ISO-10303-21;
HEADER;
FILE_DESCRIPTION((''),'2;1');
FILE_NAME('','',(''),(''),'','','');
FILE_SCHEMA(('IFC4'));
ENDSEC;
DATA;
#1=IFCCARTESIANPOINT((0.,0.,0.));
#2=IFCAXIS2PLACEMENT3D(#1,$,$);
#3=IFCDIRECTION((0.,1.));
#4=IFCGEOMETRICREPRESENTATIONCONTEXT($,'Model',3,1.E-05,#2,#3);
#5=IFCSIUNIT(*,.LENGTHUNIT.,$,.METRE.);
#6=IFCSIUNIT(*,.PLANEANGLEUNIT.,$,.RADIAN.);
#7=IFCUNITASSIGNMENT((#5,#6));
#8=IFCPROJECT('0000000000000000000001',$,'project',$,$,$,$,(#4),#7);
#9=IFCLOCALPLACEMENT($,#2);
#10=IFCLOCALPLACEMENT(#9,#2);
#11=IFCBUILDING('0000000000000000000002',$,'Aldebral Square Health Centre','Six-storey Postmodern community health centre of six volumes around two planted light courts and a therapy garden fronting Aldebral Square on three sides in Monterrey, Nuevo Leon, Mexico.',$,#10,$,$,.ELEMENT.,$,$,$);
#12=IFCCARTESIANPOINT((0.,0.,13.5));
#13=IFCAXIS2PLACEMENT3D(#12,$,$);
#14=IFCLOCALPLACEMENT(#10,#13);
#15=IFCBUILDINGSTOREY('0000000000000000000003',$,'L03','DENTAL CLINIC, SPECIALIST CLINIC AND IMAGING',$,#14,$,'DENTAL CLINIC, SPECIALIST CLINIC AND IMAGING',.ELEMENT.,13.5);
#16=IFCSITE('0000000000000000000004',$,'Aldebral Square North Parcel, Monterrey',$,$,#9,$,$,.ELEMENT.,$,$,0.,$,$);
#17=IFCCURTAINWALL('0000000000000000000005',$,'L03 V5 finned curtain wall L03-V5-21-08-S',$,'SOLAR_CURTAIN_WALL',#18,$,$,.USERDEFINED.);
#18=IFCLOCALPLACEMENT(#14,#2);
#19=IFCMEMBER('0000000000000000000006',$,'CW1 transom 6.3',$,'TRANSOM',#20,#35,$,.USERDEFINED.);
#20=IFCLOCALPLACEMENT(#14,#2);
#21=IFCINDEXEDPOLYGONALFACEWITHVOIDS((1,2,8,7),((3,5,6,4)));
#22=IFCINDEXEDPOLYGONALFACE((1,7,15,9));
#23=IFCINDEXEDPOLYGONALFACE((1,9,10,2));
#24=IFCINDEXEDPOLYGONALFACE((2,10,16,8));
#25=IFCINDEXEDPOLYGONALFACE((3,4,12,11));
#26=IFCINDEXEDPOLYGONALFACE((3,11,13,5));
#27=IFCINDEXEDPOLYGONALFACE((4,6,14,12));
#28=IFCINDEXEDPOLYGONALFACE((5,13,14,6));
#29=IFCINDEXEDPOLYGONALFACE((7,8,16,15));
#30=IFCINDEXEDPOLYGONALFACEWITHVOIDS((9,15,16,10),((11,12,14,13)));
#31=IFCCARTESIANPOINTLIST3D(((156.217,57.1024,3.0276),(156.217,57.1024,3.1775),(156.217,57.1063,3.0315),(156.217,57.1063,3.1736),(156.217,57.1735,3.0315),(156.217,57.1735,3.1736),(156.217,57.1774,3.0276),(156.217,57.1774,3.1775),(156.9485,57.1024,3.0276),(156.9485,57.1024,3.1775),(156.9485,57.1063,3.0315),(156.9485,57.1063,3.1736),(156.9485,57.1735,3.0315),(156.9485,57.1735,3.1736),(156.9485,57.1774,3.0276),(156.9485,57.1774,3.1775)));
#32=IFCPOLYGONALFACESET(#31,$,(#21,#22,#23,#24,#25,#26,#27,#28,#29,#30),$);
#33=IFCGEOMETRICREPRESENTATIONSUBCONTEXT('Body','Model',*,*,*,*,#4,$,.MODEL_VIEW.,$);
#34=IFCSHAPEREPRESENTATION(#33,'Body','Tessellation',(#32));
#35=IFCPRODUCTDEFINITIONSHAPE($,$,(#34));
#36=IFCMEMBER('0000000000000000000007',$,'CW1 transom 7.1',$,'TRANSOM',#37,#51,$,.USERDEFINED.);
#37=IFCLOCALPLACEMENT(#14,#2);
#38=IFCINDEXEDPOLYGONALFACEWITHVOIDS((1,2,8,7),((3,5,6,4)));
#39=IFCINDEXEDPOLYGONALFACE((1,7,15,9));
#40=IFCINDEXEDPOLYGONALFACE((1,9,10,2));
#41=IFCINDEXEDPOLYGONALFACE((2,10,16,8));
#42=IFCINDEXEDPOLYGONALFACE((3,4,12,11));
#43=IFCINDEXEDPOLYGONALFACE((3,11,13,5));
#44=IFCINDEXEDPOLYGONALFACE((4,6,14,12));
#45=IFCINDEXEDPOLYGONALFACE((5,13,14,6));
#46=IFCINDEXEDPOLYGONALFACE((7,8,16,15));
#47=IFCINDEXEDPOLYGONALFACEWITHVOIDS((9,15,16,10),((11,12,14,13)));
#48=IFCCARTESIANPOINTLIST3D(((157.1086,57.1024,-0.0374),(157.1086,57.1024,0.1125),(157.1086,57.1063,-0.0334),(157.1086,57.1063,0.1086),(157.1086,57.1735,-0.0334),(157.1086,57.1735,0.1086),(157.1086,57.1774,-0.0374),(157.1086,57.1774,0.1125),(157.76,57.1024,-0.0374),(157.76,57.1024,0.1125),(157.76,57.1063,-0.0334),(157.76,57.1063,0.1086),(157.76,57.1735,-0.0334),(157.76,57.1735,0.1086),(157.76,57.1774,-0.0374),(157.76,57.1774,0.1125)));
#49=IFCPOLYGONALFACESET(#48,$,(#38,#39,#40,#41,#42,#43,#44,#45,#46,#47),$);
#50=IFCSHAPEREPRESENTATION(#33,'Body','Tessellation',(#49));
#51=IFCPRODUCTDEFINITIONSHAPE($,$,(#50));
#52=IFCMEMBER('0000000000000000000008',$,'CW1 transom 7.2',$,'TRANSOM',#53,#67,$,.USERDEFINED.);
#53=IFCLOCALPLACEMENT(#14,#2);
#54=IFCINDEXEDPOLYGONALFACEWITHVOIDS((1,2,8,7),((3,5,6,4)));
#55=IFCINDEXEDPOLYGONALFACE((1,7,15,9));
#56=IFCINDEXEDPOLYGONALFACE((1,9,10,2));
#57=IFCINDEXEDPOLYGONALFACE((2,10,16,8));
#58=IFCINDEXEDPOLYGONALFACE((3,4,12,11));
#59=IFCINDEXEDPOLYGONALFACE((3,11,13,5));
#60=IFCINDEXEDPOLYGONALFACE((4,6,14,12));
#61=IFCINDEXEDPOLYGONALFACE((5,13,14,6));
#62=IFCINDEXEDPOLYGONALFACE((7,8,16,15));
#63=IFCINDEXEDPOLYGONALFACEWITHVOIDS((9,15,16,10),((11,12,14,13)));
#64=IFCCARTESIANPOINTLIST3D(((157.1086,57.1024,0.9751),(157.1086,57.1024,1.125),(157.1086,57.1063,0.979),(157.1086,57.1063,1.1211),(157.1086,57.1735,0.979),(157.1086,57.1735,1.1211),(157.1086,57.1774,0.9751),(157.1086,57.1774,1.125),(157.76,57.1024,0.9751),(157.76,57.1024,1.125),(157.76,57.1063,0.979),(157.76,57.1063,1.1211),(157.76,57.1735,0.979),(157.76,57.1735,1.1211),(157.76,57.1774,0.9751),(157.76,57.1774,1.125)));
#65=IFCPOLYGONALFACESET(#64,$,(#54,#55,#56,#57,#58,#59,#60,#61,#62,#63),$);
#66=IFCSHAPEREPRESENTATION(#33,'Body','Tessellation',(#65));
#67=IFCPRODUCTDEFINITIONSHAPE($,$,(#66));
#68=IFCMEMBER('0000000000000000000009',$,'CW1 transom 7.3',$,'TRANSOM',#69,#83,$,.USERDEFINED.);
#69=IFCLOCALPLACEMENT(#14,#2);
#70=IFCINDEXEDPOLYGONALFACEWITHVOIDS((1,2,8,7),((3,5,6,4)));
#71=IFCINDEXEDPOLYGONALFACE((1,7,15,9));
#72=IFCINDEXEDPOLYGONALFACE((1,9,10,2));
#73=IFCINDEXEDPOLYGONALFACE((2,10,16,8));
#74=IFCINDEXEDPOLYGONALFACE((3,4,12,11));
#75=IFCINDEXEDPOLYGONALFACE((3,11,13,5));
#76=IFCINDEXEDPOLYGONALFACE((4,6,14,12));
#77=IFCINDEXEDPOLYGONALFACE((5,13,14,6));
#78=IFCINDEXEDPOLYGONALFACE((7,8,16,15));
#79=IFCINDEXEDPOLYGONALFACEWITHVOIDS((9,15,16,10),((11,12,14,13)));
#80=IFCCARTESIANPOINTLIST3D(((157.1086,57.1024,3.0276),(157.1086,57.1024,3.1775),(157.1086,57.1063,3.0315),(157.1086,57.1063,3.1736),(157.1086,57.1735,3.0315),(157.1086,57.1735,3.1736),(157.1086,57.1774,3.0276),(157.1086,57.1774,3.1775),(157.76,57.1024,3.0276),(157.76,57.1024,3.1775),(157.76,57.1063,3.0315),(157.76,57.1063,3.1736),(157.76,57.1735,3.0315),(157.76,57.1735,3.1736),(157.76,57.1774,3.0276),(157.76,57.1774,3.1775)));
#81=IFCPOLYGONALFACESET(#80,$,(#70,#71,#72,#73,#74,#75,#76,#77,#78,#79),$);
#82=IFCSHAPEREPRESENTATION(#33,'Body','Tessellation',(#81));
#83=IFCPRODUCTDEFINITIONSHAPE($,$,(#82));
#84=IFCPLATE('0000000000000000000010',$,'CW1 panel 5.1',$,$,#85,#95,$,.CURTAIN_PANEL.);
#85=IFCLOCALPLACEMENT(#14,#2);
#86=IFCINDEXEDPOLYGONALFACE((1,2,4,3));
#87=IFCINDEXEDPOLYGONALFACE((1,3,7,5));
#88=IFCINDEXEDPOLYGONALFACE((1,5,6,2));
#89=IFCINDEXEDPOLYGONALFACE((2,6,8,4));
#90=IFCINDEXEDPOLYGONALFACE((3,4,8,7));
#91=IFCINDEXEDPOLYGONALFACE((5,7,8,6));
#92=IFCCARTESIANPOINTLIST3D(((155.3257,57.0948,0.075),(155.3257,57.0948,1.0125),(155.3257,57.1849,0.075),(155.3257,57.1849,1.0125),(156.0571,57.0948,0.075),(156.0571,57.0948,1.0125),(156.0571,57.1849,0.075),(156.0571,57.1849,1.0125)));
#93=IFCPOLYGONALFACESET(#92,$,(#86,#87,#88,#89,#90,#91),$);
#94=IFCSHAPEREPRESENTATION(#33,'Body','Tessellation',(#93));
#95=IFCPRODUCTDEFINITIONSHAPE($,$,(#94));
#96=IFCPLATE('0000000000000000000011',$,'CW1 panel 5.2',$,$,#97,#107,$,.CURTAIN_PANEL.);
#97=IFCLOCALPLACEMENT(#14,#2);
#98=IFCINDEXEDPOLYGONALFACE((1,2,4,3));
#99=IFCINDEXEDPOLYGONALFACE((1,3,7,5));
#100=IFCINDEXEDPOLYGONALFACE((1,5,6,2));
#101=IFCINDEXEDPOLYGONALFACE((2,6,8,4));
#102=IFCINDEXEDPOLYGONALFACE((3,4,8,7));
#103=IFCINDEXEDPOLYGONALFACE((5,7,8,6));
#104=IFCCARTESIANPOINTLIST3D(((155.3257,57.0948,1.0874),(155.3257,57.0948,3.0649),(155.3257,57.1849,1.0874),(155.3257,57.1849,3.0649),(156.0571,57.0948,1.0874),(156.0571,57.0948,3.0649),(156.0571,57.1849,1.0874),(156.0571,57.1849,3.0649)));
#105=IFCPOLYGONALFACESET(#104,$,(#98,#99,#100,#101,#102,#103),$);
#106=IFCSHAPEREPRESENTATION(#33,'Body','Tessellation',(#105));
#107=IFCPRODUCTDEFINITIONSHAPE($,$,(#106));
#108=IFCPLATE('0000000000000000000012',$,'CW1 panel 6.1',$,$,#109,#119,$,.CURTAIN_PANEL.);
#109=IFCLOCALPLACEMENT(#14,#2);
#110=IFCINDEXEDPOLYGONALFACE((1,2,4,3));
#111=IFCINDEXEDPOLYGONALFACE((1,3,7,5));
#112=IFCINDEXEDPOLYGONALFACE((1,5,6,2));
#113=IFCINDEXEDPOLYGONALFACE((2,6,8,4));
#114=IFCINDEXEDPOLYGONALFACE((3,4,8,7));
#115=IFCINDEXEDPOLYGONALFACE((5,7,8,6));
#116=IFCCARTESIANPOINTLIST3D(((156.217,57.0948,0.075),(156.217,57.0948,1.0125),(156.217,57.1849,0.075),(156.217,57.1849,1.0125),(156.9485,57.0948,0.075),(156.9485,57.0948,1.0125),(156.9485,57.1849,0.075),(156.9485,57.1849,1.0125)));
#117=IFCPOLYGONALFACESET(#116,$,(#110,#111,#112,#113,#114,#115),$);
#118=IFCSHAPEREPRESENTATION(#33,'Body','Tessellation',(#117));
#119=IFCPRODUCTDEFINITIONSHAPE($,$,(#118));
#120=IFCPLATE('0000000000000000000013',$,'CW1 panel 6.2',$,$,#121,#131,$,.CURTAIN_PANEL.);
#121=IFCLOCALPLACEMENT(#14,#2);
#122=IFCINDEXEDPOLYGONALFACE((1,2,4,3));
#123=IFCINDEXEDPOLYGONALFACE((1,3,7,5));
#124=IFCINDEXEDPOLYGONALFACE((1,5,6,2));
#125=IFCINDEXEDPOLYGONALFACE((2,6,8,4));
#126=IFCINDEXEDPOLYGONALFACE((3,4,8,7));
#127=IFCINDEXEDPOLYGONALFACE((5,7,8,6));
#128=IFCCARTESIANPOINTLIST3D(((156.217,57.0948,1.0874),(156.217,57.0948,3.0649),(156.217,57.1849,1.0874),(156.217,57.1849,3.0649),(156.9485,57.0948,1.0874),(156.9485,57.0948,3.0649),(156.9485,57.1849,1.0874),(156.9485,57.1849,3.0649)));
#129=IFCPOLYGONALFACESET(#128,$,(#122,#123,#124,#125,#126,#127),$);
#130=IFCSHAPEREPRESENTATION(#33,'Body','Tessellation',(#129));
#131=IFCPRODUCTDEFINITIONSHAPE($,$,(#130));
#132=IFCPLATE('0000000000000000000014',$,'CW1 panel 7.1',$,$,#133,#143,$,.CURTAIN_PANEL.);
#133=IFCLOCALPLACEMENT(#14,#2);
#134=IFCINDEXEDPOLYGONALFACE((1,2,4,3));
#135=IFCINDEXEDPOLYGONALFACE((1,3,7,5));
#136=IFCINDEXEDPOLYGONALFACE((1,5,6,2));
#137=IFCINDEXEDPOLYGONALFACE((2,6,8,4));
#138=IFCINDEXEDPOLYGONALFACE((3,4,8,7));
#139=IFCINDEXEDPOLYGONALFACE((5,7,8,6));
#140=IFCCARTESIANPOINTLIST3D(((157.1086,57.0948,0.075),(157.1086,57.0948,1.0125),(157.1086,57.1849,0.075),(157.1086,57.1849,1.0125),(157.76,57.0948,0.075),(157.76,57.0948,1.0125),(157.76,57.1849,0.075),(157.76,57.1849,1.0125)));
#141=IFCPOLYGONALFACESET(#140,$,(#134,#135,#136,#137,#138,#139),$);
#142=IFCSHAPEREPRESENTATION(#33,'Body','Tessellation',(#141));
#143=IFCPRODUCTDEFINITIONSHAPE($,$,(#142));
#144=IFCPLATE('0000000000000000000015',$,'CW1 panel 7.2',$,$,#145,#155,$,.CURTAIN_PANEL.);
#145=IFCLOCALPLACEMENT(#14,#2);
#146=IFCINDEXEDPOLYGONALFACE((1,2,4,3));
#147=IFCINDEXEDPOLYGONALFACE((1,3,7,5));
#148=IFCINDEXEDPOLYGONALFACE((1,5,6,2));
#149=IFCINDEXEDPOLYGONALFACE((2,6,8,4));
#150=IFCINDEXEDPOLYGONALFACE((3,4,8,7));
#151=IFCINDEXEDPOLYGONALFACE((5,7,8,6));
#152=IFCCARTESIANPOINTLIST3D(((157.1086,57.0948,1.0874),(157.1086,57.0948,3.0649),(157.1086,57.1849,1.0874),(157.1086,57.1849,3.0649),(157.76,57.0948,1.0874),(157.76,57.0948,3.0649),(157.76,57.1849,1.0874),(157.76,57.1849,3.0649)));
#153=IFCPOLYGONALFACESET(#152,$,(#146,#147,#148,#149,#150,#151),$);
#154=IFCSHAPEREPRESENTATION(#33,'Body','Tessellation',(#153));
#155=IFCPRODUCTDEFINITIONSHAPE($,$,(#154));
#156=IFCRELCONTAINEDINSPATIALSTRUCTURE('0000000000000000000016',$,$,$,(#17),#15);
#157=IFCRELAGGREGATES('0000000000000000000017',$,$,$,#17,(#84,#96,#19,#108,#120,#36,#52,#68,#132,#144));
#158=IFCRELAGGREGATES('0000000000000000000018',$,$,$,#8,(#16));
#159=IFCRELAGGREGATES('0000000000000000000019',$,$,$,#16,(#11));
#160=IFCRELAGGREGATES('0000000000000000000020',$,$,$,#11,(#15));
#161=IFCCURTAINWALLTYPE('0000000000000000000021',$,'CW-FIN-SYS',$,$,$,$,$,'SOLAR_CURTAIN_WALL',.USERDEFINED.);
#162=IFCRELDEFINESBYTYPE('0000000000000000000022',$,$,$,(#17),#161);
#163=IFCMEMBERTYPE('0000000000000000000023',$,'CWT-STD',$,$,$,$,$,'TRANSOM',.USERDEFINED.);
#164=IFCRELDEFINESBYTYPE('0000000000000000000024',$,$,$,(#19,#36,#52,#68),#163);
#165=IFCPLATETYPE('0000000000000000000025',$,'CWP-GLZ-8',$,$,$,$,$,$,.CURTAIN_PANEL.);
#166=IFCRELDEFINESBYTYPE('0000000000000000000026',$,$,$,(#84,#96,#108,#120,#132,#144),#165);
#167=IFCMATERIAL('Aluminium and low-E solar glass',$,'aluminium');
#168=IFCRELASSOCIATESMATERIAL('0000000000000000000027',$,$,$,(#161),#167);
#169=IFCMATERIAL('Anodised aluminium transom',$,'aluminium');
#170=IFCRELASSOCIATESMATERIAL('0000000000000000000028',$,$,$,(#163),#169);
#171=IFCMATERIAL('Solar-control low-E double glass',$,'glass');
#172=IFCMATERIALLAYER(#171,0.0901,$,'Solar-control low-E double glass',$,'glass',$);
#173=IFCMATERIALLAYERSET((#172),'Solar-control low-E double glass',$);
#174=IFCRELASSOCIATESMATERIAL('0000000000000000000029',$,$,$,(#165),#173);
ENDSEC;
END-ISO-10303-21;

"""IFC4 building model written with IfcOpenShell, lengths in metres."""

from ifc_helpers import new_model, si_unit, direction, frame, origin, origin_2d, place, context, subcontext, project, spatial, rectangle, hollow_rectangle, extrude, material, layer, layer_set, material_profile, profile_set, type_object, element, aggregate, save


model = new_model("IFC4")

# Units and contexts
model_context = context("Model", 3, precision=1e-05, world=origin(), true_north=direction((0.0, 1.0)))
body_context = subcontext(model_context, "Body", "Model", "MODEL_VIEW")
ifc_project = project(units=[si_unit("LENGTHUNIT", "METRE"), si_unit("PLANEANGLEUNIT", "RADIAN")], contexts=[model_context])

# Site, building, storey
site_placement = place(None, origin())
site = spatial("IfcSite", under=ifc_project, at=site_placement, Name="Aldebral Square North Parcel, Monterrey", CompositionType="ELEMENT", RefElevation=0.0)
building_placement = place(site_placement, origin())
building = spatial("IfcBuilding", under=site, at=building_placement, Name="Aldebral Square Health Centre", Description="Six-storey Postmodern community health centre of six volumes around two planted light courts and a therapy garden fronting Aldebral Square on three sides in Monterrey, Nuevo Leon, Mexico.", CompositionType="ELEMENT")
storey_placement = place(building_placement, frame((0.0, 0.0, 13.5)))
storey = spatial("IfcBuildingStorey", under=building, at=storey_placement, Name="L03", Description="DENTAL CLINIC, SPECIALIST CLINIC AND IMAGING", LongName="DENTAL CLINIC, SPECIALIST CLINIC AND IMAGING", CompositionType="ELEMENT", Elevation=13.5)

# Curtain wall
ifc_material_1 = material(Name="Aluminium and low-E solar glass", Category="aluminium")
curtain_wall_type = type_object("IfcCurtainWallType", Name="CW-FIN-SYS", ElementType="SOLAR_CURTAIN_WALL", PredefinedType="USERDEFINED", material=ifc_material_1)
curtain_wall_1_placement = place(storey_placement, origin())
curtain_wall_1 = element("IfcCurtainWall", 1, at=curtain_wall_1_placement, inside=storey, type_object=curtain_wall_type, Name="L03 V5 finned curtain wall L03-V5-21-08-S", ObjectType="SOLAR_CURTAIN_WALL", PredefinedType="USERDEFINED")

# Members
ifc_material_2 = material(Name="Anodised aluminium transom", Category="aluminium")
ifc_material_profile_1 = material_profile(ifc_material_2, hollow_rectangle(XDim=0.075, YDim=0.1499, WallThickness=0.0039, at=origin_2d()), Name="CWT 75x150x4")
ifc_profile_set_1 = profile_set([ifc_material_profile_1], Name="Anodised aluminium transom")
member_type_1 = type_object("IfcMemberType", Name="CWT-STD", ElementType="TRANSOM", PredefinedType="USERDEFINED", material=ifc_profile_set_1)
member_1_placement = place(storey_placement, frame((156.217, 57.1399, 3.1025), z_axis=(1.0, 0.0, 0.0), x_axis=(0.0, 1.0, 0.0)))
member_1 = element("IfcMember", 2, at=member_1_placement, type_object=member_type_1, Name="CW1 transom 6.3", ObjectType="TRANSOM", PredefinedType="USERDEFINED", context=body_context, shape_type="SweptSolid", body=[
    extrude(hollow_rectangle(XDim=0.075, YDim=0.1499, WallThickness=0.0039, at=origin_2d()), origin(), (0.0, 0.0, 1.0), 0.7314),
])
member_2_placement = place(storey_placement, frame((157.1086, 57.1399, 0.0376), z_axis=(1.0, 0.0, 0.0), x_axis=(0.0, 1.0, 0.0)))
member_2 = element("IfcMember", 3, at=member_2_placement, type_object=member_type_1, Name="CW1 transom 7.1", ObjectType="TRANSOM", PredefinedType="USERDEFINED", context=body_context, shape_type="SweptSolid", body=[
    extrude(hollow_rectangle(XDim=0.075, YDim=0.1499, WallThickness=0.0039, at=origin_2d()), origin(), (0.0, 0.0, 1.0), 0.6514),
])
member_3_placement = place(storey_placement, frame((157.1086, 57.1399, 1.05), z_axis=(1.0, 0.0, 0.0), x_axis=(0.0, 1.0, 0.0)))
member_3 = element("IfcMember", 4, at=member_3_placement, type_object=member_type_1, Name="CW1 transom 7.2", ObjectType="TRANSOM", PredefinedType="USERDEFINED", context=body_context, shape_type="SweptSolid", body=[
    extrude(hollow_rectangle(XDim=0.075, YDim=0.1499, WallThickness=0.0039, at=origin_2d()), origin(), (0.0, 0.0, 1.0), 0.6514),
])
member_4_placement = place(storey_placement, frame((157.1086, 57.1399, 3.1025), z_axis=(1.0, 0.0, 0.0), x_axis=(0.0, 1.0, 0.0)))
member_4 = element("IfcMember", 5, at=member_4_placement, type_object=member_type_1, Name="CW1 transom 7.3", ObjectType="TRANSOM", PredefinedType="USERDEFINED", context=body_context, shape_type="SweptSolid", body=[
    extrude(hollow_rectangle(XDim=0.075, YDim=0.1499, WallThickness=0.0039, at=origin_2d()), origin(), (0.0, 0.0, 1.0), 0.6514),
])

# Plates
ifc_material_3 = material(Name="Solar-control low-E double glass", Category="glass")
ifc_layer_1 = layer(ifc_material_3, 0.0901, Name="Solar-control low-E double glass", Category="glass")
ifc_layer_set_1 = layer_set([ifc_layer_1], Name="Solar-control low-E double glass")
plate_type = type_object("IfcPlateType", Name="CWP-GLZ-8", PredefinedType="CURTAIN_PANEL", material=ifc_layer_set_1)
plate_1_placement = place(storey_placement, frame((155.6914, 57.1399, 0.075), z_axis=(0.0, 0.0, 1.0), x_axis=(1.0, 0.0, 0.0)))
plate_1 = element("IfcPlate", 6, at=plate_1_placement, type_object=plate_type, Name="CW1 panel 5.1", PredefinedType="CURTAIN_PANEL", context=body_context, shape_type="SweptSolid", body=[
    extrude(rectangle(XDim=0.7314, YDim=0.0901, at=origin_2d()), origin(), (0.0, 0.0, 1.0), 0.9375),
])
plate_2_placement = place(storey_placement, frame((155.6914, 57.1399, 1.0874), z_axis=(0.0, 0.0, 1.0), x_axis=(1.0, 0.0, 0.0)))
plate_2 = element("IfcPlate", 7, at=plate_2_placement, type_object=plate_type, Name="CW1 panel 5.2", PredefinedType="CURTAIN_PANEL", context=body_context, shape_type="SweptSolid", body=[
    extrude(rectangle(XDim=0.7314, YDim=0.0901, at=origin_2d()), origin(), (0.0, 0.0, 1.0), 1.9775),
])
plate_3_placement = place(storey_placement, frame((156.5828, 57.1399, 0.075), z_axis=(0.0, 0.0, 1.0), x_axis=(1.0, 0.0, 0.0)))
plate_3 = element("IfcPlate", 8, at=plate_3_placement, type_object=plate_type, Name="CW1 panel 6.1", PredefinedType="CURTAIN_PANEL", context=body_context, shape_type="SweptSolid", body=[
    extrude(rectangle(XDim=0.7314, YDim=0.0901, at=origin_2d()), origin(), (0.0, 0.0, 1.0), 0.9375),
])
plate_4_placement = place(storey_placement, frame((156.5828, 57.1399, 1.0874), z_axis=(0.0, 0.0, 1.0), x_axis=(1.0, 0.0, 0.0)))
plate_4 = element("IfcPlate", 9, at=plate_4_placement, type_object=plate_type, Name="CW1 panel 6.2", PredefinedType="CURTAIN_PANEL", context=body_context, shape_type="SweptSolid", body=[
    extrude(rectangle(XDim=0.7314, YDim=0.0901, at=origin_2d()), origin(), (0.0, 0.0, 1.0), 1.9775),
])
plate_5_placement = place(storey_placement, frame((157.4343, 57.1399, 0.075), z_axis=(0.0, 0.0, 1.0), x_axis=(1.0, 0.0, 0.0)))
plate_5 = element("IfcPlate", 10, at=plate_5_placement, type_object=plate_type, Name="CW1 panel 7.1", PredefinedType="CURTAIN_PANEL", context=body_context, shape_type="SweptSolid", body=[
    extrude(rectangle(XDim=0.6514, YDim=0.0901, at=origin_2d()), origin(), (0.0, 0.0, 1.0), 0.9375),
])
plate_6_placement = place(storey_placement, frame((157.4343, 57.1399, 1.0874), z_axis=(0.0, 0.0, 1.0), x_axis=(1.0, 0.0, 0.0)))
plate_6 = element("IfcPlate", 11, at=plate_6_placement, type_object=plate_type, Name="CW1 panel 7.2", PredefinedType="CURTAIN_PANEL", context=body_context, shape_type="SweptSolid", body=[
    extrude(rectangle(XDim=0.6514, YDim=0.0901, at=origin_2d()), origin(), (0.0, 0.0, 1.0), 1.9775),
])
aggregate(curtain_wall_1, [plate_1, plate_2, member_1, plate_3, plate_4, member_2, member_3, member_4, plate_5, plate_6])

save(model, "model.ifc")
